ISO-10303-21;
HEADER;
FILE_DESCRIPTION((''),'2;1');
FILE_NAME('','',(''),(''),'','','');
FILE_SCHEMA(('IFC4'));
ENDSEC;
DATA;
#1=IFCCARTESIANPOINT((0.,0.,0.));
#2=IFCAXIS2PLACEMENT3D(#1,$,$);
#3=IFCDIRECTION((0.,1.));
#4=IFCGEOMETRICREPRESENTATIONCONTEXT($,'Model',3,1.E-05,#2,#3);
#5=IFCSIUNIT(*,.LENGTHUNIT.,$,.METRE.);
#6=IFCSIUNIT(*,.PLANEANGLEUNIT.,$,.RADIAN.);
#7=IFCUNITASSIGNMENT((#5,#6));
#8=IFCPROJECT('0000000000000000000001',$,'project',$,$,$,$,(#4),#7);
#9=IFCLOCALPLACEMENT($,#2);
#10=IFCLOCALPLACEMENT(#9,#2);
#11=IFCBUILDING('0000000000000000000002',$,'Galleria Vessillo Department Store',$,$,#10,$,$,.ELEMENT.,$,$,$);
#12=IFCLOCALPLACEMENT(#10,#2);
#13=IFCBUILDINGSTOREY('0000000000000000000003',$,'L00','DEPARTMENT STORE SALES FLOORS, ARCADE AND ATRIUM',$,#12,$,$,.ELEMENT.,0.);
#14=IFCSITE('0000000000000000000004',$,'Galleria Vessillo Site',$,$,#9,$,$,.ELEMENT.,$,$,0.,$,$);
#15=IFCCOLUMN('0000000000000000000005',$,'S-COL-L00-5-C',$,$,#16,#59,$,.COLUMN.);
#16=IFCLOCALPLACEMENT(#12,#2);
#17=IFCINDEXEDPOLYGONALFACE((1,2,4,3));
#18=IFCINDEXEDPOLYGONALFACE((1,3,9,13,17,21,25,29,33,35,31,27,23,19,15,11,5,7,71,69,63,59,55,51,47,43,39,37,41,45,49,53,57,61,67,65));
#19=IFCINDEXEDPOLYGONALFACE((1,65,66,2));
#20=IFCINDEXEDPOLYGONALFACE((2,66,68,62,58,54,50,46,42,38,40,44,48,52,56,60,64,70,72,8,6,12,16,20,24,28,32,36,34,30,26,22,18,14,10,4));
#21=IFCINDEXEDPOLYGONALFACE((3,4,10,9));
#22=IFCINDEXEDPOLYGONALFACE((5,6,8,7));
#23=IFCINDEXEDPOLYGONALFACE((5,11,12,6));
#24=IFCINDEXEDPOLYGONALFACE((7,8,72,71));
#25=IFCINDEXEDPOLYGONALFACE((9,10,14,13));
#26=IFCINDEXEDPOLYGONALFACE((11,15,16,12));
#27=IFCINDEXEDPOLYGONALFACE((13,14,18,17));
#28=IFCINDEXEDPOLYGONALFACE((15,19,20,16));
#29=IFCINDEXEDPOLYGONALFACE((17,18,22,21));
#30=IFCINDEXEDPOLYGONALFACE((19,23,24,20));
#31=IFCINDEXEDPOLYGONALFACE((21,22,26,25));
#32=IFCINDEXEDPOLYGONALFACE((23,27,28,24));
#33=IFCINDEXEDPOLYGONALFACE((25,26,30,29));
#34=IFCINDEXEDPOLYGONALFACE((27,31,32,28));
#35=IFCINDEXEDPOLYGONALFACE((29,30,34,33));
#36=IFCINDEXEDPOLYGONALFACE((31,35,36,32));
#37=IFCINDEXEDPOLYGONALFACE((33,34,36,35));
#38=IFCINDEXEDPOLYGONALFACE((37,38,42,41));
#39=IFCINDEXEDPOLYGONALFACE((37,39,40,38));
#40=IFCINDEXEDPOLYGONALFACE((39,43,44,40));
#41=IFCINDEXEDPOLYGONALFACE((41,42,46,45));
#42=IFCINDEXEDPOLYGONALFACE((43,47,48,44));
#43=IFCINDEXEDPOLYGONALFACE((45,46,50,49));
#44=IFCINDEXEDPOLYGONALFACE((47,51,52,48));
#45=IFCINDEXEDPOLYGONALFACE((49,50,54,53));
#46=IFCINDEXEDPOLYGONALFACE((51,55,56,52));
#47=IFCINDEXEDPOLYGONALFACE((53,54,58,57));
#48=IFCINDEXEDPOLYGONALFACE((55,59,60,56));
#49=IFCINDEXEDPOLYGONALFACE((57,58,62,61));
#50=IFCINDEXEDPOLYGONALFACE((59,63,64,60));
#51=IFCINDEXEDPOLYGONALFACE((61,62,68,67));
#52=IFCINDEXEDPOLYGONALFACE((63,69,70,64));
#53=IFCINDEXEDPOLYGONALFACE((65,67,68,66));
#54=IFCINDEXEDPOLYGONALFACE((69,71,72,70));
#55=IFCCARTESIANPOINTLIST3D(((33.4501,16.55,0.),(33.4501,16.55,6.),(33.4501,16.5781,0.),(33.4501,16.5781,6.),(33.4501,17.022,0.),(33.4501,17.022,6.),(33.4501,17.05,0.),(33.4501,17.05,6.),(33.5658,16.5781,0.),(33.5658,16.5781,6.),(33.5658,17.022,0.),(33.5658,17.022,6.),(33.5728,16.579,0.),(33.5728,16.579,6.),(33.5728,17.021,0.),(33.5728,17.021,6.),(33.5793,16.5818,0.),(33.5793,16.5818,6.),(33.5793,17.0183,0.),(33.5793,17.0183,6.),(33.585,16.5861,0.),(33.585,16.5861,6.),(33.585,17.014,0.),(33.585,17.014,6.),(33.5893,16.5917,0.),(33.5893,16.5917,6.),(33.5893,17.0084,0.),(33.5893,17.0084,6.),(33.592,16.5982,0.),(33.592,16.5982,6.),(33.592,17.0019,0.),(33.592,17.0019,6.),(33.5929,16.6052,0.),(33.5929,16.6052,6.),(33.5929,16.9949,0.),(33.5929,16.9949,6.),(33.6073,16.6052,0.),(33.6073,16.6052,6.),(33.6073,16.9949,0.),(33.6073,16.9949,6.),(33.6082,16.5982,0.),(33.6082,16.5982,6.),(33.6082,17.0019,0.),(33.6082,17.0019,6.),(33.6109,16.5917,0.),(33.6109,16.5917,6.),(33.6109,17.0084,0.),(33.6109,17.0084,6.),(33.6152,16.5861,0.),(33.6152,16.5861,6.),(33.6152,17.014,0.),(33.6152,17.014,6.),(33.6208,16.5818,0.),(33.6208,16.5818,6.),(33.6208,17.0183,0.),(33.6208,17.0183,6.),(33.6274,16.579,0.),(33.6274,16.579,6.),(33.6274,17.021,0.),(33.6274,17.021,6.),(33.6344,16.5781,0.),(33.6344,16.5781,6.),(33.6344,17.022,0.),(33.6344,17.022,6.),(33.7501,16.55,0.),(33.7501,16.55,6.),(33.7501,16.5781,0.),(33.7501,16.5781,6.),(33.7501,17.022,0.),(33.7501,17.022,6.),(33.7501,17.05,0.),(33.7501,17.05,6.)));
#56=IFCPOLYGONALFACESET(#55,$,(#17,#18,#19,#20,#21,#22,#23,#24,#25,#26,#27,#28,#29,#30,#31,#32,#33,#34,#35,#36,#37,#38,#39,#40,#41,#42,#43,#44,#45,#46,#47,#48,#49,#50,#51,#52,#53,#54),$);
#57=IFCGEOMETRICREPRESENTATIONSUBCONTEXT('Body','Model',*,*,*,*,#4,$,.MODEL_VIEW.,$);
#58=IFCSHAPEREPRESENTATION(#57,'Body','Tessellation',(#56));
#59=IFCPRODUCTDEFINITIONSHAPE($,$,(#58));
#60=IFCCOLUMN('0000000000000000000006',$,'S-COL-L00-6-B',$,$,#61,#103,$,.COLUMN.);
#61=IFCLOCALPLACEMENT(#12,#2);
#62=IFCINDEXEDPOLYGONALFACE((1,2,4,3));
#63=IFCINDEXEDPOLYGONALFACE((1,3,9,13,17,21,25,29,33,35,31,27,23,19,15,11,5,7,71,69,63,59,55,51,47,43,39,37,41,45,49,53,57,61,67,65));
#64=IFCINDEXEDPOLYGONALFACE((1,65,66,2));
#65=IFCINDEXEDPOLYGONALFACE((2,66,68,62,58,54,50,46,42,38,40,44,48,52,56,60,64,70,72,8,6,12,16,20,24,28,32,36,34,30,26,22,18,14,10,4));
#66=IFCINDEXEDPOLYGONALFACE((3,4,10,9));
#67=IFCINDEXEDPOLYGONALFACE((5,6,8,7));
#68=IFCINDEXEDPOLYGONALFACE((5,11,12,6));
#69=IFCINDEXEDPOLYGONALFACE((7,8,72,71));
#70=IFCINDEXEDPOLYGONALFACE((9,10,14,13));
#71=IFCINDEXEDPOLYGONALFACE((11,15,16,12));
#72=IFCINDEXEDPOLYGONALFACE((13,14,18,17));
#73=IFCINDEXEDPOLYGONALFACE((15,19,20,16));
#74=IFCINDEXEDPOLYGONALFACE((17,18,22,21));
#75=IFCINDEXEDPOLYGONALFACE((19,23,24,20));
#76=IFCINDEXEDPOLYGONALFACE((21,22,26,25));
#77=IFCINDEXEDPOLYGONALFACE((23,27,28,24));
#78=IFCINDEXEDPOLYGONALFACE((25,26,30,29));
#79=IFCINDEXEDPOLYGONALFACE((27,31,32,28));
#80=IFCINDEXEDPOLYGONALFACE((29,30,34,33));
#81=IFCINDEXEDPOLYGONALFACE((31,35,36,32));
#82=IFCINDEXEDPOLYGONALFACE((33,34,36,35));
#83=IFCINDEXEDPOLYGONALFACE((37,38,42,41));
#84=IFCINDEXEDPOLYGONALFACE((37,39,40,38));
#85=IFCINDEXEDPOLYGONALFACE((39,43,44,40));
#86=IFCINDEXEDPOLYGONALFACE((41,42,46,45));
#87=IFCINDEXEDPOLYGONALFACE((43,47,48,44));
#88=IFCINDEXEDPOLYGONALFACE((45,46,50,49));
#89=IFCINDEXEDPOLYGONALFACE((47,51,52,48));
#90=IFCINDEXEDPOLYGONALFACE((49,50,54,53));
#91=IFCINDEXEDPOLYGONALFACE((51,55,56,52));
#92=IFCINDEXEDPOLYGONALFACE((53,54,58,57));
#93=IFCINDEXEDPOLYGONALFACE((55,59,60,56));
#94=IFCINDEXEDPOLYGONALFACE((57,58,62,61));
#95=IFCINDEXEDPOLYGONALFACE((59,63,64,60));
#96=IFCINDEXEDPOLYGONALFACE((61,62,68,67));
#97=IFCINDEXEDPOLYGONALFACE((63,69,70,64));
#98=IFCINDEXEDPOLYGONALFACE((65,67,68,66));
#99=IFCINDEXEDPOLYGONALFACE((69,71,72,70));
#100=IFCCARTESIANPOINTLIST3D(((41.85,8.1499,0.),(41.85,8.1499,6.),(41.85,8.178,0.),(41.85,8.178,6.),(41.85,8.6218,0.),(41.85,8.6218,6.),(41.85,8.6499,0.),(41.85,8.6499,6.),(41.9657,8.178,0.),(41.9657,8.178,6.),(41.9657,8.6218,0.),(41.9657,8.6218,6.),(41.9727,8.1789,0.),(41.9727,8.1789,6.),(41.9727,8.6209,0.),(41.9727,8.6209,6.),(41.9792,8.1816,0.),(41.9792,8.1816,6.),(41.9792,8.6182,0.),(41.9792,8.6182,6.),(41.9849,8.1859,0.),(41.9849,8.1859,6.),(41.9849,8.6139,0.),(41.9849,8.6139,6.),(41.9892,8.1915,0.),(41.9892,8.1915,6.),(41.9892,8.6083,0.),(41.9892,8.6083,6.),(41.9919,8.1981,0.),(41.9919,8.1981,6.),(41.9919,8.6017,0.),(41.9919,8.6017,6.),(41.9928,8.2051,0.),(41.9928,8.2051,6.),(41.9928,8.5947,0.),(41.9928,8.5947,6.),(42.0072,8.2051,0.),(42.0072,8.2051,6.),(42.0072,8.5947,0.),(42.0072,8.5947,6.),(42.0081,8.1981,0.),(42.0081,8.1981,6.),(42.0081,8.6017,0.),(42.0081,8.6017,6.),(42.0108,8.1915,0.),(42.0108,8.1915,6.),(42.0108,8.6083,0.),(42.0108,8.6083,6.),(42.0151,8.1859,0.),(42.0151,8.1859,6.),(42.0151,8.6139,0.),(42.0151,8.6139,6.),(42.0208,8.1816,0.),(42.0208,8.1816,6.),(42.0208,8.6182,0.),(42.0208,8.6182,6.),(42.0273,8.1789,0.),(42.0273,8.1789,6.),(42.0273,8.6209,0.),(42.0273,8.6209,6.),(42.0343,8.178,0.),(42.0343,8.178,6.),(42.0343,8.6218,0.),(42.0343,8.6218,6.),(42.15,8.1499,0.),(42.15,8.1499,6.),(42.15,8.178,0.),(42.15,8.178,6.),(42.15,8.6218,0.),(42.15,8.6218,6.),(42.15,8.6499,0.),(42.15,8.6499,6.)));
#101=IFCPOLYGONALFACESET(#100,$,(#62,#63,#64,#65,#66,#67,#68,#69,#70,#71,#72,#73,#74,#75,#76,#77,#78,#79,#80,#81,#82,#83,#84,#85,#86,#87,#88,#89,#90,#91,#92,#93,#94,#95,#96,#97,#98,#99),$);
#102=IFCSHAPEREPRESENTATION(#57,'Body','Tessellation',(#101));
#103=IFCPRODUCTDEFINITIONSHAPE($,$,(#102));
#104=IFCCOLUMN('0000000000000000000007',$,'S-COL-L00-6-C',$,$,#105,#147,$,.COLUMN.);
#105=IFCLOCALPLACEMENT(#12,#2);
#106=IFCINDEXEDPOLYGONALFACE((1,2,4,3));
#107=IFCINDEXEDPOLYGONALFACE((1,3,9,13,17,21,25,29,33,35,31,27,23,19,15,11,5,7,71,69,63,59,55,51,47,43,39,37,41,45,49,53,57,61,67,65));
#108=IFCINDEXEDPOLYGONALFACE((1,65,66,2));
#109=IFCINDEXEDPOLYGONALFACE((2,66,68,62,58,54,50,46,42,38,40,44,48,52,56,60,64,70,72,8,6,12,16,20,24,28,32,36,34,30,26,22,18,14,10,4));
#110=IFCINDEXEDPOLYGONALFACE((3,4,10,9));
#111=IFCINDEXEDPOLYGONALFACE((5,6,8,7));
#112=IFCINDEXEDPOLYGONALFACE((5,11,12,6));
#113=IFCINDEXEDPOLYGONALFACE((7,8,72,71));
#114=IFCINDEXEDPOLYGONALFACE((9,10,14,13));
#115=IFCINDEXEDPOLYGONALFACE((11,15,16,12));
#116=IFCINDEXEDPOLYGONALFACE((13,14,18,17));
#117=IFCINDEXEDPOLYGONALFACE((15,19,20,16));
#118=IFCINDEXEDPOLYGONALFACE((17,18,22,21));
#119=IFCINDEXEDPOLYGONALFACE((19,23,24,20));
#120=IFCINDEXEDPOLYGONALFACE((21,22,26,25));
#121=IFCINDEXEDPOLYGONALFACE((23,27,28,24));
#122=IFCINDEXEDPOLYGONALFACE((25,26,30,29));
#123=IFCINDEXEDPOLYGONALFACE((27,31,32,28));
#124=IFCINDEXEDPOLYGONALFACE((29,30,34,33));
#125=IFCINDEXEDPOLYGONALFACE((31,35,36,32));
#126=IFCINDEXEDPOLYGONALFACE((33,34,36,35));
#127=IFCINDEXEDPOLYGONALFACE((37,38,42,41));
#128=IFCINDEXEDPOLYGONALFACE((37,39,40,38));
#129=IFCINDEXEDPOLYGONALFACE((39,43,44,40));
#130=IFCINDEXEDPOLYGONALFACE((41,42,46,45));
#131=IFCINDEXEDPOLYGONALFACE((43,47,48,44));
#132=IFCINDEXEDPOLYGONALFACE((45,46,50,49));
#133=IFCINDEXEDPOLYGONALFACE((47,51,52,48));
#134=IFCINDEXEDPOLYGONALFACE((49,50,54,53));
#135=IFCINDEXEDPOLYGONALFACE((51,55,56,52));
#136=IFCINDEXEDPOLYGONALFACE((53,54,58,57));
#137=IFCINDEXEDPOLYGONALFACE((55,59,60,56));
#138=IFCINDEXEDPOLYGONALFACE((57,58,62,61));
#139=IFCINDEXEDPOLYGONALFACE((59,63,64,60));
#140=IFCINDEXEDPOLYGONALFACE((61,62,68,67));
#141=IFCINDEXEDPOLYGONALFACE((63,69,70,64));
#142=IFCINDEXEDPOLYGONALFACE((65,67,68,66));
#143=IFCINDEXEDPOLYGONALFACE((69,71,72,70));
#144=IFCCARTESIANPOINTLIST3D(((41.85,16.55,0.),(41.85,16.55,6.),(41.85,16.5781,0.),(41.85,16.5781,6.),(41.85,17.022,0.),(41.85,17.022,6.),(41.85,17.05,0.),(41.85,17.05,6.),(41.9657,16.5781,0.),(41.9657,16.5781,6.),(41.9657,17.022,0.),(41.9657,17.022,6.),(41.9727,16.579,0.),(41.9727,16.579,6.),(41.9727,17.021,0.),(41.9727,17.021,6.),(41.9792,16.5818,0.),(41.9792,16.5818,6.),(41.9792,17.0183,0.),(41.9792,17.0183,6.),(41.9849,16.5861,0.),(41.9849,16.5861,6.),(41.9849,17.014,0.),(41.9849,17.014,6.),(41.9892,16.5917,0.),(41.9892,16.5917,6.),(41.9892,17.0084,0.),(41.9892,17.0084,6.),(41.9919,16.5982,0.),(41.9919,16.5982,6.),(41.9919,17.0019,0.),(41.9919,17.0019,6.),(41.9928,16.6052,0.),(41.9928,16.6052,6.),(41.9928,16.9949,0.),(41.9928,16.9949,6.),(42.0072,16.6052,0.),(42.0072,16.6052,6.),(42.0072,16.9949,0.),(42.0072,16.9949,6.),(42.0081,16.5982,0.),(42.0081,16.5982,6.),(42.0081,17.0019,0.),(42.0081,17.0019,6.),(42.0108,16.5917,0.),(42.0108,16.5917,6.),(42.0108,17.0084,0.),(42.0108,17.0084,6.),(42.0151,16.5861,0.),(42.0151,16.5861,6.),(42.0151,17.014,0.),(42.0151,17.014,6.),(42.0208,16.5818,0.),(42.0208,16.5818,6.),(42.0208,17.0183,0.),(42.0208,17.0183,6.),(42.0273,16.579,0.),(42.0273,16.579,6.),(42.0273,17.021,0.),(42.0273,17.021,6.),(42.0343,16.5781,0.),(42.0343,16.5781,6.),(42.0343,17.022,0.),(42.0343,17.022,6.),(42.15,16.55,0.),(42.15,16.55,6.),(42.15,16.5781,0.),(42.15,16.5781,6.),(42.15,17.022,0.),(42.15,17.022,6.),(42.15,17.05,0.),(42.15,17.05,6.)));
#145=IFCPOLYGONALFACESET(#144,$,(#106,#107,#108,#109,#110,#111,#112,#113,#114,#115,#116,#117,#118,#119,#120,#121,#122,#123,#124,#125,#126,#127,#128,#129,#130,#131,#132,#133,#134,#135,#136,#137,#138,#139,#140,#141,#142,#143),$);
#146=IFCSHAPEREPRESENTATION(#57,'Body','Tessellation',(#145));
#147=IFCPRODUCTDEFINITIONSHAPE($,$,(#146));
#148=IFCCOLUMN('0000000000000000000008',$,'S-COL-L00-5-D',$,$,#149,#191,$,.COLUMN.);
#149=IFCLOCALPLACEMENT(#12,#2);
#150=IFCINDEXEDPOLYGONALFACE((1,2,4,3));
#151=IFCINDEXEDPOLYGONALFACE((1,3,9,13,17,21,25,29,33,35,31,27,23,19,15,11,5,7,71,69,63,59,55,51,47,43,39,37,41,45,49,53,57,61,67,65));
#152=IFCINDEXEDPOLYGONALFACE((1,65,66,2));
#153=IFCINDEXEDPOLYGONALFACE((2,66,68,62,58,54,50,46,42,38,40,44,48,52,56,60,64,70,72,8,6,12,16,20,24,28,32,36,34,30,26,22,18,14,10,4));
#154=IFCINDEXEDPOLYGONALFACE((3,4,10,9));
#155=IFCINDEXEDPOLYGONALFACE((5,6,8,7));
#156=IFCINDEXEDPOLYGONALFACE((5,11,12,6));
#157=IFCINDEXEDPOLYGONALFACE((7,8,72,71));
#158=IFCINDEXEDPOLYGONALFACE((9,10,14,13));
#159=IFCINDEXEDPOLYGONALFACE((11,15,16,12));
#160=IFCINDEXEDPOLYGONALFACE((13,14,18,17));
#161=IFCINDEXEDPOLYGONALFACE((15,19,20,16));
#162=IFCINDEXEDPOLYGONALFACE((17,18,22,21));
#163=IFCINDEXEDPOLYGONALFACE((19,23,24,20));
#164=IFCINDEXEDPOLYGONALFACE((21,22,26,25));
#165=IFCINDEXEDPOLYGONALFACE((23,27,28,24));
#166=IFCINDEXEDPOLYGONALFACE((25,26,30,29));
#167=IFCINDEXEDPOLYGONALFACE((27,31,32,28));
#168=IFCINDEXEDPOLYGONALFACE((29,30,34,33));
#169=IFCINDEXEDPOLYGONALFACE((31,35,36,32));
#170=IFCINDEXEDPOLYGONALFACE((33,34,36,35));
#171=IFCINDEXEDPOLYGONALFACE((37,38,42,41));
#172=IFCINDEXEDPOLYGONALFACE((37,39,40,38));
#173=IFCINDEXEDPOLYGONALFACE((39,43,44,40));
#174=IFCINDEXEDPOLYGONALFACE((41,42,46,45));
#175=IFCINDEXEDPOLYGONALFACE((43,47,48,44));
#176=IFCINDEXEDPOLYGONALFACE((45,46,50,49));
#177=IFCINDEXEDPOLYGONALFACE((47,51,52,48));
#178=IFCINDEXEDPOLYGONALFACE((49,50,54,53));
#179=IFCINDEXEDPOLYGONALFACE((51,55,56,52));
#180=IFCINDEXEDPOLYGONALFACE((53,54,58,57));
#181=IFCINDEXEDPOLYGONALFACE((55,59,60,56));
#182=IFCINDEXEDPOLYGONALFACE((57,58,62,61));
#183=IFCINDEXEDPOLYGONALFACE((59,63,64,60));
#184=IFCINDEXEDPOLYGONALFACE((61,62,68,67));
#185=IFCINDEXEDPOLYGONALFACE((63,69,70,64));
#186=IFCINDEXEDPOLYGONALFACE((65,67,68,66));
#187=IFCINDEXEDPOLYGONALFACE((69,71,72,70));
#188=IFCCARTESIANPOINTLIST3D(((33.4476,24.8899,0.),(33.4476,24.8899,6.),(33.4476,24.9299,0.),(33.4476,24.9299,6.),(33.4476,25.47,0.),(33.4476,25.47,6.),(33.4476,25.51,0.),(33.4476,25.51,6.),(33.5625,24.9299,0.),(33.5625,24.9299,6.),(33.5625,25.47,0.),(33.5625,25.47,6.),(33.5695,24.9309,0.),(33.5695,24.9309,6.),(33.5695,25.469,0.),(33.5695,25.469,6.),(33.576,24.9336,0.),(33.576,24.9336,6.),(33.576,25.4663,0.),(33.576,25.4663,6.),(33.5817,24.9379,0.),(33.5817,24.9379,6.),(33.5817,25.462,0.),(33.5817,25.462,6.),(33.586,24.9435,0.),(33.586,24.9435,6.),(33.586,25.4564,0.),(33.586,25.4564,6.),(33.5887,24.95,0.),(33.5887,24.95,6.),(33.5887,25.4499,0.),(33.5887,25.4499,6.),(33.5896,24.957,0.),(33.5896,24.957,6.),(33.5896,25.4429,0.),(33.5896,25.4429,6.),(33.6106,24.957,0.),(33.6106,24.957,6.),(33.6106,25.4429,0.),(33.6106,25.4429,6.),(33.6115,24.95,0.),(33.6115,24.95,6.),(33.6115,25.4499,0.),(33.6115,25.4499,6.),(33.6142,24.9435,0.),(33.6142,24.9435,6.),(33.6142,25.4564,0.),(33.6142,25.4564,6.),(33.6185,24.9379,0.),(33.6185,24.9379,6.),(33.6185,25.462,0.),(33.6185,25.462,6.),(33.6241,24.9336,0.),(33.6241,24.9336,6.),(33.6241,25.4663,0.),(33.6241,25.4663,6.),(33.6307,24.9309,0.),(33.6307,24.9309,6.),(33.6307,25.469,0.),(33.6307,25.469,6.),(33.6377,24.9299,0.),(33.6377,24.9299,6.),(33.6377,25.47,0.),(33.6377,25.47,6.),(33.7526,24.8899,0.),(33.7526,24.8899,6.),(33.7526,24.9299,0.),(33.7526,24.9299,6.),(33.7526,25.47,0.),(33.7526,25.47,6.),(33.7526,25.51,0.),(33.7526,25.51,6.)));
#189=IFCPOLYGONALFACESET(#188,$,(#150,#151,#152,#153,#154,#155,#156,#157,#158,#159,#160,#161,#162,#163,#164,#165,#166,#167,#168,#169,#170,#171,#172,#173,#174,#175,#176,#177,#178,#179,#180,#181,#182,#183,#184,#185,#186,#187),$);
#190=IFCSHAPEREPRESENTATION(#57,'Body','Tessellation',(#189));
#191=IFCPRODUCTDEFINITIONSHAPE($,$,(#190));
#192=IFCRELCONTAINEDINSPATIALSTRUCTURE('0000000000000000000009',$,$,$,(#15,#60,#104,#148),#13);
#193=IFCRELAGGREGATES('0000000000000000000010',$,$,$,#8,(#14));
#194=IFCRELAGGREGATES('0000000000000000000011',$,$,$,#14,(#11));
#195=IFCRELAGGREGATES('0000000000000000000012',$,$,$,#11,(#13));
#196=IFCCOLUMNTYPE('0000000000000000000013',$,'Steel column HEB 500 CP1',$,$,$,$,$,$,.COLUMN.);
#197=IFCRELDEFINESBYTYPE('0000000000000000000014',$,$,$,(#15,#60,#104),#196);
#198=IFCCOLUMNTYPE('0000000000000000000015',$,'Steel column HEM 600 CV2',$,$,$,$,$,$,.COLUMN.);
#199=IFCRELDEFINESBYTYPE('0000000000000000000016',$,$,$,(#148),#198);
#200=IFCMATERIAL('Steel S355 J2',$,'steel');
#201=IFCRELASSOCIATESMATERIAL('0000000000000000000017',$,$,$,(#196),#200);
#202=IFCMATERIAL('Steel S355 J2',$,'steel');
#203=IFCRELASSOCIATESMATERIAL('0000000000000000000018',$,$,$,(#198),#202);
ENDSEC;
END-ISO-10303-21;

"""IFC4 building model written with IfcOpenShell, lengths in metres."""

from ifc_helpers import new_model, si_unit, direction, frame, origin, origin_2d, place, context, subcontext, project, spatial, i_section, extrude, material, material_profile, profile_set, type_object, element, save


model = new_model("IFC4")

# Units and contexts
model_context = context("Model", 3, precision=1e-05, world=origin(), true_north=direction((0.0, 1.0)))
body_context = subcontext(model_context, "Body", "Model", "MODEL_VIEW")
ifc_project = project(units=[si_unit("LENGTHUNIT", "METRE"), si_unit("PLANEANGLEUNIT", "RADIAN")], contexts=[model_context])

# Site, building, storey
site_placement = place(None, origin())
site = spatial("IfcSite", under=ifc_project, at=site_placement, Name="Galleria Vessillo Site", CompositionType="ELEMENT", RefElevation=0.0)
building_placement = place(site_placement, origin())
building = spatial("IfcBuilding", under=site, at=building_placement, Name="Galleria Vessillo Department Store", CompositionType="ELEMENT")
storey_placement = place(building_placement, origin())
storey = spatial("IfcBuildingStorey", under=building, at=storey_placement, Name="L00", Description="DEPARTMENT STORE SALES FLOORS, ARCADE AND ATRIUM", CompositionType="ELEMENT", Elevation=0.0)

# Columns
ifc_material_1 = material(Name="Steel S355 J2", Category="steel")
ifc_material_profile_1 = material_profile(ifc_material_1, i_section(OverallWidth=0.3, OverallDepth=0.5, WebThickness=0.0144, FlangeThickness=0.0281, FilletRadius=0.0271, at=origin_2d()), Name="HEB 500")
ifc_profile_set_1 = profile_set([ifc_material_profile_1], Name="Steel S355 J2")
column_type_1 = type_object("IfcColumnType", Name="Steel column HEB 500 CP1", PredefinedType="COLUMN", material=ifc_profile_set_1)
for number, where, z_axis, x_axis, name in (
    (1, (33.6001, 16.8, 0.0), (0.0, 0.0, 1.0), (1.0, 0.0, 0.0), "S-COL-L00-5-C"),
    (2, (42.0, 8.3999, 0.0), (0.0, 0.0, 1.0), (1.0, 0.0, 0.0), "S-COL-L00-6-B"),
    (3, (42.0, 16.8, 0.0), (0.0, 0.0, 1.0), (1.0, 0.0, 0.0), "S-COL-L00-6-C"),
):
    element("IfcColumn", number, at=place(storey_placement, frame(where, z_axis=z_axis, x_axis=x_axis)), inside=storey, type_object=column_type_1, Name=name, PredefinedType="COLUMN", context=body_context, shape_type="SweptSolid", body=[
        extrude(i_section(OverallWidth=0.3, OverallDepth=0.5, WebThickness=0.0144, FlangeThickness=0.0281, FilletRadius=0.0271, at=origin_2d()), origin(), (0.0, 0.0, 1.0), 6.0),
    ])
ifc_material_2 = material(Name="Steel S355 J2", Category="steel")
ifc_material_profile_2 = material_profile(ifc_material_2, i_section(OverallWidth=0.3049, OverallDepth=0.6201, WebThickness=0.021, FlangeThickness=0.04, FilletRadius=0.0271, at=origin_2d()), Name="HEM 600")
ifc_profile_set_2 = profile_set([ifc_material_profile_2], Name="Steel S355 J2")
column_type_2 = type_object("IfcColumnType", Name="Steel column HEM 600 CV2", PredefinedType="COLUMN", material=ifc_profile_set_2)
for number, where, z_axis, x_axis, name in (
    (4, (33.6001, 25.2, 0.0), (0.0, 0.0, 1.0), (1.0, 0.0, 0.0), "S-COL-L00-5-D"),
):
    element("IfcColumn", number, at=place(storey_placement, frame(where, z_axis=z_axis, x_axis=x_axis)), inside=storey, type_object=column_type_2, Name=name, PredefinedType="COLUMN", context=body_context, shape_type="SweptSolid", body=[
        extrude(i_section(OverallWidth=0.3049, OverallDepth=0.6201, WebThickness=0.021, FlangeThickness=0.04, FilletRadius=0.0271, at=origin_2d()), origin(), (0.0, 0.0, 1.0), 6.0),
    ])

save(model, "model.ifc")
